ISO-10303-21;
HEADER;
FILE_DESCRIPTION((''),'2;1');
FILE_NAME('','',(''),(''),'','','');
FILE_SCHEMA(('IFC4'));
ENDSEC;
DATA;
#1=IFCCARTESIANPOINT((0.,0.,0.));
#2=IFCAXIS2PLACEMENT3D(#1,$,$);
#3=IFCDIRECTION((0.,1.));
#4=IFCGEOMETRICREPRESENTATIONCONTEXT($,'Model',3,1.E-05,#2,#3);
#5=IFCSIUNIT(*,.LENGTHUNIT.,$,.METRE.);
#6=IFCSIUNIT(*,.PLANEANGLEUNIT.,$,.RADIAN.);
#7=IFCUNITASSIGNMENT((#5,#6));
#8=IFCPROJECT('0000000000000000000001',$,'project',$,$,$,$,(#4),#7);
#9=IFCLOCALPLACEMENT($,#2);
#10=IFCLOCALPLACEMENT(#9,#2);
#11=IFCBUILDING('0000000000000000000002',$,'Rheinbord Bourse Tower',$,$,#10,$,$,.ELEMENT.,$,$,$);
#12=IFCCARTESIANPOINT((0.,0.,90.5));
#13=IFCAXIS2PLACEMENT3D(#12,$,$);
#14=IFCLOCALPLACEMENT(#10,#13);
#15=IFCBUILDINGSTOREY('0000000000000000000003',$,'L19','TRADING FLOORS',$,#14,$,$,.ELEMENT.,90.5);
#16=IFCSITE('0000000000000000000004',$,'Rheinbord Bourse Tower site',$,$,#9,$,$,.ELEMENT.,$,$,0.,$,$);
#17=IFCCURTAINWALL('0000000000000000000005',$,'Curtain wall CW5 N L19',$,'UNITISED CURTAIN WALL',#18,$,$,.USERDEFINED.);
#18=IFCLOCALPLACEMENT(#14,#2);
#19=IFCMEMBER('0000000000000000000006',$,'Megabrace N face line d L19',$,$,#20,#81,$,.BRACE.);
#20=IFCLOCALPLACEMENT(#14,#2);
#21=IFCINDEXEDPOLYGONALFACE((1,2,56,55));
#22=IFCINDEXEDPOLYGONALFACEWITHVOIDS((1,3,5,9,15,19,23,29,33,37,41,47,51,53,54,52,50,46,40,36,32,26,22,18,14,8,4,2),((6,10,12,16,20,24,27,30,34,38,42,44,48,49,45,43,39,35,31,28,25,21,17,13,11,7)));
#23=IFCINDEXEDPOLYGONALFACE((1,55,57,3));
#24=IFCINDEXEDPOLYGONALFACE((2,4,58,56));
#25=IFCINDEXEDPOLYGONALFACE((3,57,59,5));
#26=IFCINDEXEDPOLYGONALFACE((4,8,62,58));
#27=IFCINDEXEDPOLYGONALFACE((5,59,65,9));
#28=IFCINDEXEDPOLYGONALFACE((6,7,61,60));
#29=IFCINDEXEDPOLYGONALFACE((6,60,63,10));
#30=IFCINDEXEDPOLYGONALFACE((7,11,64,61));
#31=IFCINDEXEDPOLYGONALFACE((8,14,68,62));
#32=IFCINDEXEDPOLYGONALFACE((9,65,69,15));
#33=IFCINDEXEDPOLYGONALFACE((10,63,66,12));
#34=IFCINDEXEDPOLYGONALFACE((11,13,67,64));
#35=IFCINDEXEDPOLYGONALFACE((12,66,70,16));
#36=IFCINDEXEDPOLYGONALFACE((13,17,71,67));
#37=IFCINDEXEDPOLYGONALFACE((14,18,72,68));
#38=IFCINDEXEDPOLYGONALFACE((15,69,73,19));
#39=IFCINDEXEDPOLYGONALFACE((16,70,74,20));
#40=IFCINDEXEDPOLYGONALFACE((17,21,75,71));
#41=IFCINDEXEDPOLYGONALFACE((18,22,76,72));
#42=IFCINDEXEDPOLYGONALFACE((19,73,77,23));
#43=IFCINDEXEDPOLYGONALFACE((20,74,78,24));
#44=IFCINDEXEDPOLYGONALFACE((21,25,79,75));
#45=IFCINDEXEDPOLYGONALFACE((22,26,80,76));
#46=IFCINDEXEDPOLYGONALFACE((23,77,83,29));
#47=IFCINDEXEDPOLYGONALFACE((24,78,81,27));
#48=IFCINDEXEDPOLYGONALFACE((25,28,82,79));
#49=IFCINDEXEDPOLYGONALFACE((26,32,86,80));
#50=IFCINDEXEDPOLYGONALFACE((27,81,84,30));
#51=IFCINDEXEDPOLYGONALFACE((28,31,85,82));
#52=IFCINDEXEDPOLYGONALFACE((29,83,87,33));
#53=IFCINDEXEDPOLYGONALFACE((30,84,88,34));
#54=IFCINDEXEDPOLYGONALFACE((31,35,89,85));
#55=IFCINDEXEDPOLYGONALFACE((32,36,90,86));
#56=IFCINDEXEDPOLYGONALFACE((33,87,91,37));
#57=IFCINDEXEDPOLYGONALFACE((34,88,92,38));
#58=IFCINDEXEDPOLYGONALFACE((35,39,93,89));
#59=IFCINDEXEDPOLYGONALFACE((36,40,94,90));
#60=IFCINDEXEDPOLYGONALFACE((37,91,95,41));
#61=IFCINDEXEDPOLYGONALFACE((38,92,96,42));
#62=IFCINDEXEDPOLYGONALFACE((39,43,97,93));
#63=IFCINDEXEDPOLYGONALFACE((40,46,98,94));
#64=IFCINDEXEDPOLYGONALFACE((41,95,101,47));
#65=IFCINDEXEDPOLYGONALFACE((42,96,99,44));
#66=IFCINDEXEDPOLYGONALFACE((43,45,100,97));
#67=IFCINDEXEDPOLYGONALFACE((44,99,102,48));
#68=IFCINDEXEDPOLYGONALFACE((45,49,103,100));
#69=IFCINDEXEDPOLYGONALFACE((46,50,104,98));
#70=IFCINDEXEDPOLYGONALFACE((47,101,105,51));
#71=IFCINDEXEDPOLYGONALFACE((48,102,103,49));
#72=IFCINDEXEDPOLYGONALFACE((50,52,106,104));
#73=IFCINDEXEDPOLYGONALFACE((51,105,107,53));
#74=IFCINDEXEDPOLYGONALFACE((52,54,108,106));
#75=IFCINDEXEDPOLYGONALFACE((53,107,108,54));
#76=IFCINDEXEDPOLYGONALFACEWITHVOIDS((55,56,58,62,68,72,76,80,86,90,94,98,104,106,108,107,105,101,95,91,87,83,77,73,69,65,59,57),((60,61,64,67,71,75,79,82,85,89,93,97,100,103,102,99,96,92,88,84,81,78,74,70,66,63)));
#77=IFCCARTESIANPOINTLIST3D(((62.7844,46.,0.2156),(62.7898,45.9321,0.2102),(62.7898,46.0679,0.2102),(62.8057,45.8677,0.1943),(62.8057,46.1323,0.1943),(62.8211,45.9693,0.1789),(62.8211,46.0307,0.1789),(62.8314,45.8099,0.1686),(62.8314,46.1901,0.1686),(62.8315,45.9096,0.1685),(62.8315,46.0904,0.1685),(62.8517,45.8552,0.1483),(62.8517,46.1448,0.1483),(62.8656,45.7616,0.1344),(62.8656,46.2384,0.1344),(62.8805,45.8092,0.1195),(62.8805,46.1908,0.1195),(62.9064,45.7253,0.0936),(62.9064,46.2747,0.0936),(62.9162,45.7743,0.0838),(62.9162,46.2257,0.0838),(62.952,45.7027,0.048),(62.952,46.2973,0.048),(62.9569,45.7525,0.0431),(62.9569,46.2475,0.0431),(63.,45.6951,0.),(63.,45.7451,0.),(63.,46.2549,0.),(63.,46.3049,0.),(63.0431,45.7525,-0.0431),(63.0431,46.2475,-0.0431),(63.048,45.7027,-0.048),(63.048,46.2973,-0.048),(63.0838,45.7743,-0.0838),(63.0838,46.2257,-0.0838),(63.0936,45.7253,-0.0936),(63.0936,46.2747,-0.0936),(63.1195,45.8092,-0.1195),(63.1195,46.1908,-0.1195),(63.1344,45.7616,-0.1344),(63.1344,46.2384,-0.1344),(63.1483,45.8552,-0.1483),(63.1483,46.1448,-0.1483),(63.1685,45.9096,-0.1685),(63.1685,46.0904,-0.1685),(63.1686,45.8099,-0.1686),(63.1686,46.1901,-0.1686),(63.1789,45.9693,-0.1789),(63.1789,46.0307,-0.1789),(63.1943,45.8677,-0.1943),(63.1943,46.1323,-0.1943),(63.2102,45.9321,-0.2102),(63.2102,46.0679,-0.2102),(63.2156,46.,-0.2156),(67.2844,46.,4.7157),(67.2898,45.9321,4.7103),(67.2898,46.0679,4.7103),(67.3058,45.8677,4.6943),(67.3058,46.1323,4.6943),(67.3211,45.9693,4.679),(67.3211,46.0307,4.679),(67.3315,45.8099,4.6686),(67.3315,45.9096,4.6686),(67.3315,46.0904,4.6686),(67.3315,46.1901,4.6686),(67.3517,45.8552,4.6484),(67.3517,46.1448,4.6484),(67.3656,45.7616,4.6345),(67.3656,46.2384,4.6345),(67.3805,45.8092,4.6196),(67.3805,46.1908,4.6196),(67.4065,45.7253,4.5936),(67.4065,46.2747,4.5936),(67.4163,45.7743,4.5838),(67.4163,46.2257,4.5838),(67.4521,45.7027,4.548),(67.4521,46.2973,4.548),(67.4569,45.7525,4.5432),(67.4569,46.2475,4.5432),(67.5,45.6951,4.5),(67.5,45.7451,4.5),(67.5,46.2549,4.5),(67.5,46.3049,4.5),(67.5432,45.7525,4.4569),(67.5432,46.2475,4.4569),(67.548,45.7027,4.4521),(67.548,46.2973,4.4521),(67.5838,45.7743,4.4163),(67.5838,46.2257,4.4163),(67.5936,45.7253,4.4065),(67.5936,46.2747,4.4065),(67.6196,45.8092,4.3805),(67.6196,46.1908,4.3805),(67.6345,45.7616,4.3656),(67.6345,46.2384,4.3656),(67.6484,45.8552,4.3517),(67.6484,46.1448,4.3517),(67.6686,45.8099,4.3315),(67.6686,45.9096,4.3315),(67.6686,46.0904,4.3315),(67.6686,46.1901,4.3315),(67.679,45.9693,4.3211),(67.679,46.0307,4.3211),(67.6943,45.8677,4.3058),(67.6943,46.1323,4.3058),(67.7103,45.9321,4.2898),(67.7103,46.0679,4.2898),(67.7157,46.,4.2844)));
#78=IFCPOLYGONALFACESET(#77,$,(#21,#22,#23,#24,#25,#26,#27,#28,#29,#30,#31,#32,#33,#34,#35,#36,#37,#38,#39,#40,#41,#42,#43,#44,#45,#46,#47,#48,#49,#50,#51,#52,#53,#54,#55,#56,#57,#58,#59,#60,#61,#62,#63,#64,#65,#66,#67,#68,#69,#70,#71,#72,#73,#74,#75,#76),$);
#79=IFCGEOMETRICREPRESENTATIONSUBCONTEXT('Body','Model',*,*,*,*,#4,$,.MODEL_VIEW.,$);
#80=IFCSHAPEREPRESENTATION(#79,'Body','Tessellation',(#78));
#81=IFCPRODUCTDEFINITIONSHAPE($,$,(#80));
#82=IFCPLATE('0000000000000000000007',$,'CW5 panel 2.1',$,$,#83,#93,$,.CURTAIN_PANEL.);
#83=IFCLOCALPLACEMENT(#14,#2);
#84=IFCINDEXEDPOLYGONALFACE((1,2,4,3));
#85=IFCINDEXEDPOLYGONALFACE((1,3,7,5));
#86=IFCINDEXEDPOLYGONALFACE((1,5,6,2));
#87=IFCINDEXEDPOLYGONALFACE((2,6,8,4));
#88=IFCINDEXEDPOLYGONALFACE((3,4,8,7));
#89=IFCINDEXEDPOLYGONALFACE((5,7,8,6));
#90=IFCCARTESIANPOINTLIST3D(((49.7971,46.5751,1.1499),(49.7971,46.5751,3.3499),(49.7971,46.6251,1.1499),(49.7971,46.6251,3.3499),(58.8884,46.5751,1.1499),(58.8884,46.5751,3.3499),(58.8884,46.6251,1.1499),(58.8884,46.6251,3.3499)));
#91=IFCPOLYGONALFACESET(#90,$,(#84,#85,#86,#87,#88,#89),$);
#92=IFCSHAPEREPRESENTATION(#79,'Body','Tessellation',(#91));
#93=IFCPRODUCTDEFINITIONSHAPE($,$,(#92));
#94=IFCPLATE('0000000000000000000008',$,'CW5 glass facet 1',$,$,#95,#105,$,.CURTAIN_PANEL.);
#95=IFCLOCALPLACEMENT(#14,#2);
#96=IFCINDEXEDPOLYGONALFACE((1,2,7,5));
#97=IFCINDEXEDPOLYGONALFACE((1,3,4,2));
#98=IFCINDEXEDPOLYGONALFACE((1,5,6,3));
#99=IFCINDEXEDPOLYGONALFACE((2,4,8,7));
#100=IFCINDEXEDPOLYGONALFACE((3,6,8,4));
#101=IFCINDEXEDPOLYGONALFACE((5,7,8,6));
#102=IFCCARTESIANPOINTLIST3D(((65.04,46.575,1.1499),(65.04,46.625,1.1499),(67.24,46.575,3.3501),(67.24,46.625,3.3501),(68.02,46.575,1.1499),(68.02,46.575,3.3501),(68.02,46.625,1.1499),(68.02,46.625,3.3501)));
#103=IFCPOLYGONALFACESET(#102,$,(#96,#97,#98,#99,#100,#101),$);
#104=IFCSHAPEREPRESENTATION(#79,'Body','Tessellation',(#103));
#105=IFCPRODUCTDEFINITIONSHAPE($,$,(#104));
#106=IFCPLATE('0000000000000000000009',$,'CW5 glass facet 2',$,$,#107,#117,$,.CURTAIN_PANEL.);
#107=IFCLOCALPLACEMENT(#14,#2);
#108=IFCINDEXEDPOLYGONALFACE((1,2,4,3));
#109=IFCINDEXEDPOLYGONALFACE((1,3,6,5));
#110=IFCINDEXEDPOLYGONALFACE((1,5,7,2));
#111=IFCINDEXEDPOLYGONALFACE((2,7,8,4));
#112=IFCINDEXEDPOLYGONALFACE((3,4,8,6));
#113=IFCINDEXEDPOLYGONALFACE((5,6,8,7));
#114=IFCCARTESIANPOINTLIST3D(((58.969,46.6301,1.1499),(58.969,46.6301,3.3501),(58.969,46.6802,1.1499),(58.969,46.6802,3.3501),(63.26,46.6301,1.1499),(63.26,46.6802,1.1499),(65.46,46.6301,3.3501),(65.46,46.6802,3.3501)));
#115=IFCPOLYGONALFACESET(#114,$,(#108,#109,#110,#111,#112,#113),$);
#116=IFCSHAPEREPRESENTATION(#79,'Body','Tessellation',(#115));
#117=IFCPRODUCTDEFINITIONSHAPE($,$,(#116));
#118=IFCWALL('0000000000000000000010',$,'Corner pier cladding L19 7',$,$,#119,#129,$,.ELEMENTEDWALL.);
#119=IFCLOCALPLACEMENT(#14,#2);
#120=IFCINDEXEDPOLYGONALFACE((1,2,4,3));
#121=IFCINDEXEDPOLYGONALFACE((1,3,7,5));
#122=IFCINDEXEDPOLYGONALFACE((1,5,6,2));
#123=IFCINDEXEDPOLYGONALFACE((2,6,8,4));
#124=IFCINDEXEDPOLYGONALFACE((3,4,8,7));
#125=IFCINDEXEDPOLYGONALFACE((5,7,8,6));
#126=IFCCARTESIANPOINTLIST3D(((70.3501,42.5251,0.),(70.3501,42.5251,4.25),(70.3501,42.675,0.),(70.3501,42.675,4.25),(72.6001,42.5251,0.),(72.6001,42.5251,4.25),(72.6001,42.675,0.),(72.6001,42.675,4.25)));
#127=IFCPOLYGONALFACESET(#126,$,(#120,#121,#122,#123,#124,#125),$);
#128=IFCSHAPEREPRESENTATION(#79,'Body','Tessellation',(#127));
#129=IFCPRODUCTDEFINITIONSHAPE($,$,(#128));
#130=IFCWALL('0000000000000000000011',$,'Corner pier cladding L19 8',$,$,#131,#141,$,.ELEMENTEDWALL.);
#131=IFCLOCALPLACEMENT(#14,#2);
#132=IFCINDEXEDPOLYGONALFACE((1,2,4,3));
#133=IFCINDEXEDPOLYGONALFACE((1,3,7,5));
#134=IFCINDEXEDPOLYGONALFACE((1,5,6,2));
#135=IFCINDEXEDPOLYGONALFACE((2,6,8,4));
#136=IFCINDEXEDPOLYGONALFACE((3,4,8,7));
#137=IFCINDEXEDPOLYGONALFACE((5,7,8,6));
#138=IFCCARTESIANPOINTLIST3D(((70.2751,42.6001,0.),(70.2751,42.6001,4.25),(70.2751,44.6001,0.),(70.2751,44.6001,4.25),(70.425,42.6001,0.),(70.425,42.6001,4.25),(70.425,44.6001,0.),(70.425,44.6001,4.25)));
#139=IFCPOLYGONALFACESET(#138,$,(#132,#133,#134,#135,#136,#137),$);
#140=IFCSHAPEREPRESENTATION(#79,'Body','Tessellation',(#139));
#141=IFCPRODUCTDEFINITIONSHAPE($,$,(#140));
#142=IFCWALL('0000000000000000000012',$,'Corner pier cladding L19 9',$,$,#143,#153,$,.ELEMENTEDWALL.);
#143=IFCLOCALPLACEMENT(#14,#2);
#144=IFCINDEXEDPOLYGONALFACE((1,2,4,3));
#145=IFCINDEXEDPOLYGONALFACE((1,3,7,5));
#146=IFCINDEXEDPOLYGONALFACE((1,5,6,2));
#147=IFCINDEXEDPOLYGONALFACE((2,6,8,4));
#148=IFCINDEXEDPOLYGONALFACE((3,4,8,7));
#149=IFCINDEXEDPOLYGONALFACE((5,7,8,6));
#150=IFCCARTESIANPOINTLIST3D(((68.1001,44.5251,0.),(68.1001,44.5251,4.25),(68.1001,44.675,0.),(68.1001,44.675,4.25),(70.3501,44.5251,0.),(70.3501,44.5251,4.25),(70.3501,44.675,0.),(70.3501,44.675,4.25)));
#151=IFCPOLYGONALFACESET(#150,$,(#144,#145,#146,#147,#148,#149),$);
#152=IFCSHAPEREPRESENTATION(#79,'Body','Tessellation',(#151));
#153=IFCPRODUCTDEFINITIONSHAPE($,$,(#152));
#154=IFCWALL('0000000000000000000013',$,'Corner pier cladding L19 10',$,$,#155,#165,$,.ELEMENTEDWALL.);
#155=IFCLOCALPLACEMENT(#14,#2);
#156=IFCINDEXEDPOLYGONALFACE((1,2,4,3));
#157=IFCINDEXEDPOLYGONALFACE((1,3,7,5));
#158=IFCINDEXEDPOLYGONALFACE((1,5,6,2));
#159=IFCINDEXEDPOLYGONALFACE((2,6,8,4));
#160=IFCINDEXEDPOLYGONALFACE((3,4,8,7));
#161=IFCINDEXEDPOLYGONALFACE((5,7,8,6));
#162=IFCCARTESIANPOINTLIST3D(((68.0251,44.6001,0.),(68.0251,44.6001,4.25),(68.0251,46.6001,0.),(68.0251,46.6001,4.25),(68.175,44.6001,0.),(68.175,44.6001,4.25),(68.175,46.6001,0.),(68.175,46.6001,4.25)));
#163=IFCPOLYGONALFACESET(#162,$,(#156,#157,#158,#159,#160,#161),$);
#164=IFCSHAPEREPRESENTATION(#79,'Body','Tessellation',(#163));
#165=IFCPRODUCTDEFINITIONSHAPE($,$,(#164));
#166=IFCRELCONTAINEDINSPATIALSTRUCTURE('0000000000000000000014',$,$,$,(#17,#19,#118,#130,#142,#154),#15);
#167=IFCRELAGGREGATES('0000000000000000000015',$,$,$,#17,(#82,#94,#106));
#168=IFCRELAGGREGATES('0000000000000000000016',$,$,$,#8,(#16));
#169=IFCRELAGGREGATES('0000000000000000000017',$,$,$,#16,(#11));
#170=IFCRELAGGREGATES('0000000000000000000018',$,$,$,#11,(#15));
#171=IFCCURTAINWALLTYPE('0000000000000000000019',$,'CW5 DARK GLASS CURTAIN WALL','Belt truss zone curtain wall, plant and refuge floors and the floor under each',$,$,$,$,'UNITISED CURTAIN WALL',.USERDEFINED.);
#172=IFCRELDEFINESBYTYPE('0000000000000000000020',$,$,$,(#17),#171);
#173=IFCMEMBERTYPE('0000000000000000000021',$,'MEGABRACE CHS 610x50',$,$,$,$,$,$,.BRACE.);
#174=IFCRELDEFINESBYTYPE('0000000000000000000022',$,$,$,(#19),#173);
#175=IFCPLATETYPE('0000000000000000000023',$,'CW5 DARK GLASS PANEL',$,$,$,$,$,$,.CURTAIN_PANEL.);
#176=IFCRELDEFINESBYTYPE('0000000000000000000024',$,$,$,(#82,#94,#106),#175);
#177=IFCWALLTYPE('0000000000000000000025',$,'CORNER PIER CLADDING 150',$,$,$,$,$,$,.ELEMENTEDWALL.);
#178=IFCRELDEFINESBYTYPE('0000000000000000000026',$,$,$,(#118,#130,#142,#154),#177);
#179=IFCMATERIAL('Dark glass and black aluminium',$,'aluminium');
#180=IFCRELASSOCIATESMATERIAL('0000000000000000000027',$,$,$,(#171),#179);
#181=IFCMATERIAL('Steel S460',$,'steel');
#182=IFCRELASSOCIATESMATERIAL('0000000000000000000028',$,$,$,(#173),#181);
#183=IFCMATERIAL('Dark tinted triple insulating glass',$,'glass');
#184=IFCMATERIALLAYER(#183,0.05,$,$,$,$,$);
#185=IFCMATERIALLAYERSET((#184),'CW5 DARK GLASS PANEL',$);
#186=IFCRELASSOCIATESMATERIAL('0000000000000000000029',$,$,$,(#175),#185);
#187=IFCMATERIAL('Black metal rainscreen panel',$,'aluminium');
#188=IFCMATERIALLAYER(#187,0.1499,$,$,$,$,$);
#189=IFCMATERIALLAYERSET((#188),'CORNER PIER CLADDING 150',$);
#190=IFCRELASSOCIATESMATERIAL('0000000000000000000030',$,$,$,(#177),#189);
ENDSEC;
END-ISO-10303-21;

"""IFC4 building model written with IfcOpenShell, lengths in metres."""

from ifc_helpers import new_model, si_unit, direction, frame, frame_2d, origin, origin_2d, place, context, subcontext, project, spatial, polyline, rectangle, hollow_circle, outline, extrude, material, layer, layer_set, material_profile, profile_set, type_object, element, aggregate, save


model = new_model("IFC4")

# Units and contexts
model_context = context("Model", 3, precision=1e-05, world=origin(), true_north=direction((0.0, 1.0)))
body_context = subcontext(model_context, "Body", "Model", "MODEL_VIEW")
ifc_project = project(units=[si_unit("LENGTHUNIT", "METRE"), si_unit("PLANEANGLEUNIT", "RADIAN")], contexts=[model_context])

# Site, building, storey
site_placement = place(None, origin())
site = spatial("IfcSite", under=ifc_project, at=site_placement, Name="Rheinbord Bourse Tower site", CompositionType="ELEMENT", RefElevation=0.0)
building_placement = place(site_placement, origin())
building = spatial("IfcBuilding", under=site, at=building_placement, Name="Rheinbord Bourse Tower", CompositionType="ELEMENT")
storey_placement = place(building_placement, frame((0.0, 0.0, 90.5)))
storey = spatial("IfcBuildingStorey", under=building, at=storey_placement, Name="L19", Description="TRADING FLOORS", CompositionType="ELEMENT", Elevation=90.5)

# Curtain wall
ifc_material_1 = material(Name="Dark glass and black aluminium", Category="aluminium")
curtain_wall_type = type_object("IfcCurtainWallType", Name="CW5 DARK GLASS CURTAIN WALL", Description="Belt truss zone curtain wall, plant and refuge floors and the floor under each", ElementType="UNITISED CURTAIN WALL", PredefinedType="USERDEFINED", material=ifc_material_1)
curtain_wall_1_placement = place(storey_placement, origin())
curtain_wall_1 = element("IfcCurtainWall", 1, at=curtain_wall_1_placement, inside=storey, type_object=curtain_wall_type, Name="Curtain wall CW5 N L19", ObjectType="UNITISED CURTAIN WALL", PredefinedType="USERDEFINED")

# Member
ifc_material_2 = material(Name="Steel S460", Category="steel")
ifc_material_profile_1 = material_profile(ifc_material_2, hollow_circle(Radius=0.3049, WallThickness=0.05, at=origin_2d()), Name="CHS 610x50")
ifc_profile_set_1 = profile_set([ifc_material_profile_1], Name="Steel S460")
member_type_1 = type_object("IfcMemberType", Name="MEGABRACE CHS 610x50", PredefinedType="BRACE", material=ifc_profile_set_1)
member_1_placement = place(storey_placement, frame((63.0, 46.0, 0.0), z_axis=(0.707107, 0.0, 0.707107), x_axis=(0.0, 1.0, 0.0)))
element("IfcMember", 2, at=member_1_placement, inside=storey, type_object=member_type_1, Name="Megabrace N face line d L19", PredefinedType="BRACE", context=body_context, shape_type="SweptSolid", body=[
    extrude(hollow_circle(Radius=0.3049, WallThickness=0.05, at=origin_2d()), origin(), (0.0, 0.0, 1.0), 6.364),
])

# Plates
ifc_material_3 = material(Name="Dark tinted triple insulating glass", Category="glass")
ifc_layer_1 = layer(ifc_material_3, 0.05)
ifc_layer_set_1 = layer_set([ifc_layer_1], Name="CW5 DARK GLASS PANEL")
plate_type = type_object("IfcPlateType", Name="CW5 DARK GLASS PANEL", PredefinedType="CURTAIN_PANEL", material=ifc_layer_set_1)
plate_1_placement = place(storey_placement, frame((54.3428, 46.6001, 1.1499), z_axis=(0.0, 0.0, 1.0), x_axis=(-1.0, 0.0, 0.0)))
plate_1 = element("IfcPlate", 3, at=plate_1_placement, type_object=plate_type, Name="CW5 panel 2.1", PredefinedType="CURTAIN_PANEL", context=body_context, shape_type="SweptSolid", body=[
    extrude(rectangle(XDim=9.0913, YDim=0.05, at=origin_2d()), origin(), (0.0, 0.0, 1.0), 2.2),
])
plate_2_placement = place(storey_placement, frame((68.02, 46.625, 1.1499), z_axis=(0.0, -1.0, 0.0), x_axis=(0.0, 0.0, 1.0)))
plate_2 = element("IfcPlate", 4, at=plate_2_placement, type_object=plate_type, Name="CW5 glass facet 1", PredefinedType="CURTAIN_PANEL", context=body_context, shape_type="SweptSolid", body=[
    extrude(outline(polyline([(0.0, 0.0), (2.2002, 0.0), (2.2002, 0.78), (0.0, 2.98), (0.0, 0.0)])), origin(), (0.0, 0.0, 1.0), 0.05),
])
plate_3_placement = place(storey_placement, frame((58.969, 46.6802, 3.3501), z_axis=(0.0, -1.0, 0.0), x_axis=(0.0, 0.0, -1.0)))
plate_3 = element("IfcPlate", 5, at=plate_3_placement, type_object=plate_type, Name="CW5 glass facet 2", PredefinedType="CURTAIN_PANEL", context=body_context, shape_type="SweptSolid", body=[
    extrude(outline(polyline([(0.0, 0.0), (2.2002, 0.0), (2.2002, 4.291), (0.0, 6.491), (0.0, 0.0)])), origin(), (0.0, 0.0, 1.0), 0.05),
])
aggregate(curtain_wall_1, [plate_1, plate_2, plate_3])

# Walls
ifc_material_4 = material(Name="Black metal rainscreen panel", Category="aluminium")
ifc_layer_2 = layer(ifc_material_4, 0.1499)
ifc_layer_set_2 = layer_set([ifc_layer_2], Name="CORNER PIER CLADDING 150")
wall_type = type_object("IfcWallType", Name="CORNER PIER CLADDING 150", PredefinedType="ELEMENTEDWALL", material=ifc_layer_set_2)
wall_1_placement = place(storey_placement, frame((72.6001, 42.6001, 0.0), z_axis=(0.0, 0.0, 1.0), x_axis=(-1.0, 0.0, 0.0)))
element("IfcWall", 6, at=wall_1_placement, inside=storey, type_object=wall_type, Name="Corner pier cladding L19 7", PredefinedType="ELEMENTEDWALL", context=body_context, shape_type="SweptSolid", body=[
    extrude(rectangle(XDim=2.25, YDim=0.1499, at=frame_2d((1.125, 0.0))), origin(), (0.0, 0.0, 1.0), 4.25),
])
wall_2_placement = place(storey_placement, frame((70.3501, 42.6001, 0.0), z_axis=(0.0, 0.0, 1.0), x_axis=(0.0, 1.0, 0.0)))
element("IfcWall", 7, at=wall_2_placement, inside=storey, type_object=wall_type, Name="Corner pier cladding L19 8", PredefinedType="ELEMENTEDWALL", context=body_context, shape_type="SweptSolid", body=[
    extrude(rectangle(XDim=2.0, YDim=0.1499, at=frame_2d((1.0, 0.0))), origin(), (0.0, 0.0, 1.0), 4.25),
])
wall_3_placement = place(storey_placement, frame((70.3501, 44.6001, 0.0), z_axis=(0.0, 0.0, 1.0), x_axis=(-1.0, 0.0, 0.0)))
element("IfcWall", 8, at=wall_3_placement, inside=storey, type_object=wall_type, Name="Corner pier cladding L19 9", PredefinedType="ELEMENTEDWALL", context=body_context, shape_type="SweptSolid", body=[
    extrude(rectangle(XDim=2.25, YDim=0.1499, at=frame_2d((1.125, 0.0))), origin(), (0.0, 0.0, 1.0), 4.25),
])
wall_4_placement = place(storey_placement, frame((68.1001, 44.6001, 0.0), z_axis=(0.0, 0.0, 1.0), x_axis=(0.0, 1.0, 0.0)))
element("IfcWall", 9, at=wall_4_placement, inside=storey, type_object=wall_type, Name="Corner pier cladding L19 10", PredefinedType="ELEMENTEDWALL", context=body_context, shape_type="SweptSolid", body=[
    extrude(rectangle(XDim=2.0, YDim=0.1499, at=frame_2d((1.0, 0.0))), origin(), (0.0, 0.0, 1.0), 4.25),
])

save(model, "model.ifc")
